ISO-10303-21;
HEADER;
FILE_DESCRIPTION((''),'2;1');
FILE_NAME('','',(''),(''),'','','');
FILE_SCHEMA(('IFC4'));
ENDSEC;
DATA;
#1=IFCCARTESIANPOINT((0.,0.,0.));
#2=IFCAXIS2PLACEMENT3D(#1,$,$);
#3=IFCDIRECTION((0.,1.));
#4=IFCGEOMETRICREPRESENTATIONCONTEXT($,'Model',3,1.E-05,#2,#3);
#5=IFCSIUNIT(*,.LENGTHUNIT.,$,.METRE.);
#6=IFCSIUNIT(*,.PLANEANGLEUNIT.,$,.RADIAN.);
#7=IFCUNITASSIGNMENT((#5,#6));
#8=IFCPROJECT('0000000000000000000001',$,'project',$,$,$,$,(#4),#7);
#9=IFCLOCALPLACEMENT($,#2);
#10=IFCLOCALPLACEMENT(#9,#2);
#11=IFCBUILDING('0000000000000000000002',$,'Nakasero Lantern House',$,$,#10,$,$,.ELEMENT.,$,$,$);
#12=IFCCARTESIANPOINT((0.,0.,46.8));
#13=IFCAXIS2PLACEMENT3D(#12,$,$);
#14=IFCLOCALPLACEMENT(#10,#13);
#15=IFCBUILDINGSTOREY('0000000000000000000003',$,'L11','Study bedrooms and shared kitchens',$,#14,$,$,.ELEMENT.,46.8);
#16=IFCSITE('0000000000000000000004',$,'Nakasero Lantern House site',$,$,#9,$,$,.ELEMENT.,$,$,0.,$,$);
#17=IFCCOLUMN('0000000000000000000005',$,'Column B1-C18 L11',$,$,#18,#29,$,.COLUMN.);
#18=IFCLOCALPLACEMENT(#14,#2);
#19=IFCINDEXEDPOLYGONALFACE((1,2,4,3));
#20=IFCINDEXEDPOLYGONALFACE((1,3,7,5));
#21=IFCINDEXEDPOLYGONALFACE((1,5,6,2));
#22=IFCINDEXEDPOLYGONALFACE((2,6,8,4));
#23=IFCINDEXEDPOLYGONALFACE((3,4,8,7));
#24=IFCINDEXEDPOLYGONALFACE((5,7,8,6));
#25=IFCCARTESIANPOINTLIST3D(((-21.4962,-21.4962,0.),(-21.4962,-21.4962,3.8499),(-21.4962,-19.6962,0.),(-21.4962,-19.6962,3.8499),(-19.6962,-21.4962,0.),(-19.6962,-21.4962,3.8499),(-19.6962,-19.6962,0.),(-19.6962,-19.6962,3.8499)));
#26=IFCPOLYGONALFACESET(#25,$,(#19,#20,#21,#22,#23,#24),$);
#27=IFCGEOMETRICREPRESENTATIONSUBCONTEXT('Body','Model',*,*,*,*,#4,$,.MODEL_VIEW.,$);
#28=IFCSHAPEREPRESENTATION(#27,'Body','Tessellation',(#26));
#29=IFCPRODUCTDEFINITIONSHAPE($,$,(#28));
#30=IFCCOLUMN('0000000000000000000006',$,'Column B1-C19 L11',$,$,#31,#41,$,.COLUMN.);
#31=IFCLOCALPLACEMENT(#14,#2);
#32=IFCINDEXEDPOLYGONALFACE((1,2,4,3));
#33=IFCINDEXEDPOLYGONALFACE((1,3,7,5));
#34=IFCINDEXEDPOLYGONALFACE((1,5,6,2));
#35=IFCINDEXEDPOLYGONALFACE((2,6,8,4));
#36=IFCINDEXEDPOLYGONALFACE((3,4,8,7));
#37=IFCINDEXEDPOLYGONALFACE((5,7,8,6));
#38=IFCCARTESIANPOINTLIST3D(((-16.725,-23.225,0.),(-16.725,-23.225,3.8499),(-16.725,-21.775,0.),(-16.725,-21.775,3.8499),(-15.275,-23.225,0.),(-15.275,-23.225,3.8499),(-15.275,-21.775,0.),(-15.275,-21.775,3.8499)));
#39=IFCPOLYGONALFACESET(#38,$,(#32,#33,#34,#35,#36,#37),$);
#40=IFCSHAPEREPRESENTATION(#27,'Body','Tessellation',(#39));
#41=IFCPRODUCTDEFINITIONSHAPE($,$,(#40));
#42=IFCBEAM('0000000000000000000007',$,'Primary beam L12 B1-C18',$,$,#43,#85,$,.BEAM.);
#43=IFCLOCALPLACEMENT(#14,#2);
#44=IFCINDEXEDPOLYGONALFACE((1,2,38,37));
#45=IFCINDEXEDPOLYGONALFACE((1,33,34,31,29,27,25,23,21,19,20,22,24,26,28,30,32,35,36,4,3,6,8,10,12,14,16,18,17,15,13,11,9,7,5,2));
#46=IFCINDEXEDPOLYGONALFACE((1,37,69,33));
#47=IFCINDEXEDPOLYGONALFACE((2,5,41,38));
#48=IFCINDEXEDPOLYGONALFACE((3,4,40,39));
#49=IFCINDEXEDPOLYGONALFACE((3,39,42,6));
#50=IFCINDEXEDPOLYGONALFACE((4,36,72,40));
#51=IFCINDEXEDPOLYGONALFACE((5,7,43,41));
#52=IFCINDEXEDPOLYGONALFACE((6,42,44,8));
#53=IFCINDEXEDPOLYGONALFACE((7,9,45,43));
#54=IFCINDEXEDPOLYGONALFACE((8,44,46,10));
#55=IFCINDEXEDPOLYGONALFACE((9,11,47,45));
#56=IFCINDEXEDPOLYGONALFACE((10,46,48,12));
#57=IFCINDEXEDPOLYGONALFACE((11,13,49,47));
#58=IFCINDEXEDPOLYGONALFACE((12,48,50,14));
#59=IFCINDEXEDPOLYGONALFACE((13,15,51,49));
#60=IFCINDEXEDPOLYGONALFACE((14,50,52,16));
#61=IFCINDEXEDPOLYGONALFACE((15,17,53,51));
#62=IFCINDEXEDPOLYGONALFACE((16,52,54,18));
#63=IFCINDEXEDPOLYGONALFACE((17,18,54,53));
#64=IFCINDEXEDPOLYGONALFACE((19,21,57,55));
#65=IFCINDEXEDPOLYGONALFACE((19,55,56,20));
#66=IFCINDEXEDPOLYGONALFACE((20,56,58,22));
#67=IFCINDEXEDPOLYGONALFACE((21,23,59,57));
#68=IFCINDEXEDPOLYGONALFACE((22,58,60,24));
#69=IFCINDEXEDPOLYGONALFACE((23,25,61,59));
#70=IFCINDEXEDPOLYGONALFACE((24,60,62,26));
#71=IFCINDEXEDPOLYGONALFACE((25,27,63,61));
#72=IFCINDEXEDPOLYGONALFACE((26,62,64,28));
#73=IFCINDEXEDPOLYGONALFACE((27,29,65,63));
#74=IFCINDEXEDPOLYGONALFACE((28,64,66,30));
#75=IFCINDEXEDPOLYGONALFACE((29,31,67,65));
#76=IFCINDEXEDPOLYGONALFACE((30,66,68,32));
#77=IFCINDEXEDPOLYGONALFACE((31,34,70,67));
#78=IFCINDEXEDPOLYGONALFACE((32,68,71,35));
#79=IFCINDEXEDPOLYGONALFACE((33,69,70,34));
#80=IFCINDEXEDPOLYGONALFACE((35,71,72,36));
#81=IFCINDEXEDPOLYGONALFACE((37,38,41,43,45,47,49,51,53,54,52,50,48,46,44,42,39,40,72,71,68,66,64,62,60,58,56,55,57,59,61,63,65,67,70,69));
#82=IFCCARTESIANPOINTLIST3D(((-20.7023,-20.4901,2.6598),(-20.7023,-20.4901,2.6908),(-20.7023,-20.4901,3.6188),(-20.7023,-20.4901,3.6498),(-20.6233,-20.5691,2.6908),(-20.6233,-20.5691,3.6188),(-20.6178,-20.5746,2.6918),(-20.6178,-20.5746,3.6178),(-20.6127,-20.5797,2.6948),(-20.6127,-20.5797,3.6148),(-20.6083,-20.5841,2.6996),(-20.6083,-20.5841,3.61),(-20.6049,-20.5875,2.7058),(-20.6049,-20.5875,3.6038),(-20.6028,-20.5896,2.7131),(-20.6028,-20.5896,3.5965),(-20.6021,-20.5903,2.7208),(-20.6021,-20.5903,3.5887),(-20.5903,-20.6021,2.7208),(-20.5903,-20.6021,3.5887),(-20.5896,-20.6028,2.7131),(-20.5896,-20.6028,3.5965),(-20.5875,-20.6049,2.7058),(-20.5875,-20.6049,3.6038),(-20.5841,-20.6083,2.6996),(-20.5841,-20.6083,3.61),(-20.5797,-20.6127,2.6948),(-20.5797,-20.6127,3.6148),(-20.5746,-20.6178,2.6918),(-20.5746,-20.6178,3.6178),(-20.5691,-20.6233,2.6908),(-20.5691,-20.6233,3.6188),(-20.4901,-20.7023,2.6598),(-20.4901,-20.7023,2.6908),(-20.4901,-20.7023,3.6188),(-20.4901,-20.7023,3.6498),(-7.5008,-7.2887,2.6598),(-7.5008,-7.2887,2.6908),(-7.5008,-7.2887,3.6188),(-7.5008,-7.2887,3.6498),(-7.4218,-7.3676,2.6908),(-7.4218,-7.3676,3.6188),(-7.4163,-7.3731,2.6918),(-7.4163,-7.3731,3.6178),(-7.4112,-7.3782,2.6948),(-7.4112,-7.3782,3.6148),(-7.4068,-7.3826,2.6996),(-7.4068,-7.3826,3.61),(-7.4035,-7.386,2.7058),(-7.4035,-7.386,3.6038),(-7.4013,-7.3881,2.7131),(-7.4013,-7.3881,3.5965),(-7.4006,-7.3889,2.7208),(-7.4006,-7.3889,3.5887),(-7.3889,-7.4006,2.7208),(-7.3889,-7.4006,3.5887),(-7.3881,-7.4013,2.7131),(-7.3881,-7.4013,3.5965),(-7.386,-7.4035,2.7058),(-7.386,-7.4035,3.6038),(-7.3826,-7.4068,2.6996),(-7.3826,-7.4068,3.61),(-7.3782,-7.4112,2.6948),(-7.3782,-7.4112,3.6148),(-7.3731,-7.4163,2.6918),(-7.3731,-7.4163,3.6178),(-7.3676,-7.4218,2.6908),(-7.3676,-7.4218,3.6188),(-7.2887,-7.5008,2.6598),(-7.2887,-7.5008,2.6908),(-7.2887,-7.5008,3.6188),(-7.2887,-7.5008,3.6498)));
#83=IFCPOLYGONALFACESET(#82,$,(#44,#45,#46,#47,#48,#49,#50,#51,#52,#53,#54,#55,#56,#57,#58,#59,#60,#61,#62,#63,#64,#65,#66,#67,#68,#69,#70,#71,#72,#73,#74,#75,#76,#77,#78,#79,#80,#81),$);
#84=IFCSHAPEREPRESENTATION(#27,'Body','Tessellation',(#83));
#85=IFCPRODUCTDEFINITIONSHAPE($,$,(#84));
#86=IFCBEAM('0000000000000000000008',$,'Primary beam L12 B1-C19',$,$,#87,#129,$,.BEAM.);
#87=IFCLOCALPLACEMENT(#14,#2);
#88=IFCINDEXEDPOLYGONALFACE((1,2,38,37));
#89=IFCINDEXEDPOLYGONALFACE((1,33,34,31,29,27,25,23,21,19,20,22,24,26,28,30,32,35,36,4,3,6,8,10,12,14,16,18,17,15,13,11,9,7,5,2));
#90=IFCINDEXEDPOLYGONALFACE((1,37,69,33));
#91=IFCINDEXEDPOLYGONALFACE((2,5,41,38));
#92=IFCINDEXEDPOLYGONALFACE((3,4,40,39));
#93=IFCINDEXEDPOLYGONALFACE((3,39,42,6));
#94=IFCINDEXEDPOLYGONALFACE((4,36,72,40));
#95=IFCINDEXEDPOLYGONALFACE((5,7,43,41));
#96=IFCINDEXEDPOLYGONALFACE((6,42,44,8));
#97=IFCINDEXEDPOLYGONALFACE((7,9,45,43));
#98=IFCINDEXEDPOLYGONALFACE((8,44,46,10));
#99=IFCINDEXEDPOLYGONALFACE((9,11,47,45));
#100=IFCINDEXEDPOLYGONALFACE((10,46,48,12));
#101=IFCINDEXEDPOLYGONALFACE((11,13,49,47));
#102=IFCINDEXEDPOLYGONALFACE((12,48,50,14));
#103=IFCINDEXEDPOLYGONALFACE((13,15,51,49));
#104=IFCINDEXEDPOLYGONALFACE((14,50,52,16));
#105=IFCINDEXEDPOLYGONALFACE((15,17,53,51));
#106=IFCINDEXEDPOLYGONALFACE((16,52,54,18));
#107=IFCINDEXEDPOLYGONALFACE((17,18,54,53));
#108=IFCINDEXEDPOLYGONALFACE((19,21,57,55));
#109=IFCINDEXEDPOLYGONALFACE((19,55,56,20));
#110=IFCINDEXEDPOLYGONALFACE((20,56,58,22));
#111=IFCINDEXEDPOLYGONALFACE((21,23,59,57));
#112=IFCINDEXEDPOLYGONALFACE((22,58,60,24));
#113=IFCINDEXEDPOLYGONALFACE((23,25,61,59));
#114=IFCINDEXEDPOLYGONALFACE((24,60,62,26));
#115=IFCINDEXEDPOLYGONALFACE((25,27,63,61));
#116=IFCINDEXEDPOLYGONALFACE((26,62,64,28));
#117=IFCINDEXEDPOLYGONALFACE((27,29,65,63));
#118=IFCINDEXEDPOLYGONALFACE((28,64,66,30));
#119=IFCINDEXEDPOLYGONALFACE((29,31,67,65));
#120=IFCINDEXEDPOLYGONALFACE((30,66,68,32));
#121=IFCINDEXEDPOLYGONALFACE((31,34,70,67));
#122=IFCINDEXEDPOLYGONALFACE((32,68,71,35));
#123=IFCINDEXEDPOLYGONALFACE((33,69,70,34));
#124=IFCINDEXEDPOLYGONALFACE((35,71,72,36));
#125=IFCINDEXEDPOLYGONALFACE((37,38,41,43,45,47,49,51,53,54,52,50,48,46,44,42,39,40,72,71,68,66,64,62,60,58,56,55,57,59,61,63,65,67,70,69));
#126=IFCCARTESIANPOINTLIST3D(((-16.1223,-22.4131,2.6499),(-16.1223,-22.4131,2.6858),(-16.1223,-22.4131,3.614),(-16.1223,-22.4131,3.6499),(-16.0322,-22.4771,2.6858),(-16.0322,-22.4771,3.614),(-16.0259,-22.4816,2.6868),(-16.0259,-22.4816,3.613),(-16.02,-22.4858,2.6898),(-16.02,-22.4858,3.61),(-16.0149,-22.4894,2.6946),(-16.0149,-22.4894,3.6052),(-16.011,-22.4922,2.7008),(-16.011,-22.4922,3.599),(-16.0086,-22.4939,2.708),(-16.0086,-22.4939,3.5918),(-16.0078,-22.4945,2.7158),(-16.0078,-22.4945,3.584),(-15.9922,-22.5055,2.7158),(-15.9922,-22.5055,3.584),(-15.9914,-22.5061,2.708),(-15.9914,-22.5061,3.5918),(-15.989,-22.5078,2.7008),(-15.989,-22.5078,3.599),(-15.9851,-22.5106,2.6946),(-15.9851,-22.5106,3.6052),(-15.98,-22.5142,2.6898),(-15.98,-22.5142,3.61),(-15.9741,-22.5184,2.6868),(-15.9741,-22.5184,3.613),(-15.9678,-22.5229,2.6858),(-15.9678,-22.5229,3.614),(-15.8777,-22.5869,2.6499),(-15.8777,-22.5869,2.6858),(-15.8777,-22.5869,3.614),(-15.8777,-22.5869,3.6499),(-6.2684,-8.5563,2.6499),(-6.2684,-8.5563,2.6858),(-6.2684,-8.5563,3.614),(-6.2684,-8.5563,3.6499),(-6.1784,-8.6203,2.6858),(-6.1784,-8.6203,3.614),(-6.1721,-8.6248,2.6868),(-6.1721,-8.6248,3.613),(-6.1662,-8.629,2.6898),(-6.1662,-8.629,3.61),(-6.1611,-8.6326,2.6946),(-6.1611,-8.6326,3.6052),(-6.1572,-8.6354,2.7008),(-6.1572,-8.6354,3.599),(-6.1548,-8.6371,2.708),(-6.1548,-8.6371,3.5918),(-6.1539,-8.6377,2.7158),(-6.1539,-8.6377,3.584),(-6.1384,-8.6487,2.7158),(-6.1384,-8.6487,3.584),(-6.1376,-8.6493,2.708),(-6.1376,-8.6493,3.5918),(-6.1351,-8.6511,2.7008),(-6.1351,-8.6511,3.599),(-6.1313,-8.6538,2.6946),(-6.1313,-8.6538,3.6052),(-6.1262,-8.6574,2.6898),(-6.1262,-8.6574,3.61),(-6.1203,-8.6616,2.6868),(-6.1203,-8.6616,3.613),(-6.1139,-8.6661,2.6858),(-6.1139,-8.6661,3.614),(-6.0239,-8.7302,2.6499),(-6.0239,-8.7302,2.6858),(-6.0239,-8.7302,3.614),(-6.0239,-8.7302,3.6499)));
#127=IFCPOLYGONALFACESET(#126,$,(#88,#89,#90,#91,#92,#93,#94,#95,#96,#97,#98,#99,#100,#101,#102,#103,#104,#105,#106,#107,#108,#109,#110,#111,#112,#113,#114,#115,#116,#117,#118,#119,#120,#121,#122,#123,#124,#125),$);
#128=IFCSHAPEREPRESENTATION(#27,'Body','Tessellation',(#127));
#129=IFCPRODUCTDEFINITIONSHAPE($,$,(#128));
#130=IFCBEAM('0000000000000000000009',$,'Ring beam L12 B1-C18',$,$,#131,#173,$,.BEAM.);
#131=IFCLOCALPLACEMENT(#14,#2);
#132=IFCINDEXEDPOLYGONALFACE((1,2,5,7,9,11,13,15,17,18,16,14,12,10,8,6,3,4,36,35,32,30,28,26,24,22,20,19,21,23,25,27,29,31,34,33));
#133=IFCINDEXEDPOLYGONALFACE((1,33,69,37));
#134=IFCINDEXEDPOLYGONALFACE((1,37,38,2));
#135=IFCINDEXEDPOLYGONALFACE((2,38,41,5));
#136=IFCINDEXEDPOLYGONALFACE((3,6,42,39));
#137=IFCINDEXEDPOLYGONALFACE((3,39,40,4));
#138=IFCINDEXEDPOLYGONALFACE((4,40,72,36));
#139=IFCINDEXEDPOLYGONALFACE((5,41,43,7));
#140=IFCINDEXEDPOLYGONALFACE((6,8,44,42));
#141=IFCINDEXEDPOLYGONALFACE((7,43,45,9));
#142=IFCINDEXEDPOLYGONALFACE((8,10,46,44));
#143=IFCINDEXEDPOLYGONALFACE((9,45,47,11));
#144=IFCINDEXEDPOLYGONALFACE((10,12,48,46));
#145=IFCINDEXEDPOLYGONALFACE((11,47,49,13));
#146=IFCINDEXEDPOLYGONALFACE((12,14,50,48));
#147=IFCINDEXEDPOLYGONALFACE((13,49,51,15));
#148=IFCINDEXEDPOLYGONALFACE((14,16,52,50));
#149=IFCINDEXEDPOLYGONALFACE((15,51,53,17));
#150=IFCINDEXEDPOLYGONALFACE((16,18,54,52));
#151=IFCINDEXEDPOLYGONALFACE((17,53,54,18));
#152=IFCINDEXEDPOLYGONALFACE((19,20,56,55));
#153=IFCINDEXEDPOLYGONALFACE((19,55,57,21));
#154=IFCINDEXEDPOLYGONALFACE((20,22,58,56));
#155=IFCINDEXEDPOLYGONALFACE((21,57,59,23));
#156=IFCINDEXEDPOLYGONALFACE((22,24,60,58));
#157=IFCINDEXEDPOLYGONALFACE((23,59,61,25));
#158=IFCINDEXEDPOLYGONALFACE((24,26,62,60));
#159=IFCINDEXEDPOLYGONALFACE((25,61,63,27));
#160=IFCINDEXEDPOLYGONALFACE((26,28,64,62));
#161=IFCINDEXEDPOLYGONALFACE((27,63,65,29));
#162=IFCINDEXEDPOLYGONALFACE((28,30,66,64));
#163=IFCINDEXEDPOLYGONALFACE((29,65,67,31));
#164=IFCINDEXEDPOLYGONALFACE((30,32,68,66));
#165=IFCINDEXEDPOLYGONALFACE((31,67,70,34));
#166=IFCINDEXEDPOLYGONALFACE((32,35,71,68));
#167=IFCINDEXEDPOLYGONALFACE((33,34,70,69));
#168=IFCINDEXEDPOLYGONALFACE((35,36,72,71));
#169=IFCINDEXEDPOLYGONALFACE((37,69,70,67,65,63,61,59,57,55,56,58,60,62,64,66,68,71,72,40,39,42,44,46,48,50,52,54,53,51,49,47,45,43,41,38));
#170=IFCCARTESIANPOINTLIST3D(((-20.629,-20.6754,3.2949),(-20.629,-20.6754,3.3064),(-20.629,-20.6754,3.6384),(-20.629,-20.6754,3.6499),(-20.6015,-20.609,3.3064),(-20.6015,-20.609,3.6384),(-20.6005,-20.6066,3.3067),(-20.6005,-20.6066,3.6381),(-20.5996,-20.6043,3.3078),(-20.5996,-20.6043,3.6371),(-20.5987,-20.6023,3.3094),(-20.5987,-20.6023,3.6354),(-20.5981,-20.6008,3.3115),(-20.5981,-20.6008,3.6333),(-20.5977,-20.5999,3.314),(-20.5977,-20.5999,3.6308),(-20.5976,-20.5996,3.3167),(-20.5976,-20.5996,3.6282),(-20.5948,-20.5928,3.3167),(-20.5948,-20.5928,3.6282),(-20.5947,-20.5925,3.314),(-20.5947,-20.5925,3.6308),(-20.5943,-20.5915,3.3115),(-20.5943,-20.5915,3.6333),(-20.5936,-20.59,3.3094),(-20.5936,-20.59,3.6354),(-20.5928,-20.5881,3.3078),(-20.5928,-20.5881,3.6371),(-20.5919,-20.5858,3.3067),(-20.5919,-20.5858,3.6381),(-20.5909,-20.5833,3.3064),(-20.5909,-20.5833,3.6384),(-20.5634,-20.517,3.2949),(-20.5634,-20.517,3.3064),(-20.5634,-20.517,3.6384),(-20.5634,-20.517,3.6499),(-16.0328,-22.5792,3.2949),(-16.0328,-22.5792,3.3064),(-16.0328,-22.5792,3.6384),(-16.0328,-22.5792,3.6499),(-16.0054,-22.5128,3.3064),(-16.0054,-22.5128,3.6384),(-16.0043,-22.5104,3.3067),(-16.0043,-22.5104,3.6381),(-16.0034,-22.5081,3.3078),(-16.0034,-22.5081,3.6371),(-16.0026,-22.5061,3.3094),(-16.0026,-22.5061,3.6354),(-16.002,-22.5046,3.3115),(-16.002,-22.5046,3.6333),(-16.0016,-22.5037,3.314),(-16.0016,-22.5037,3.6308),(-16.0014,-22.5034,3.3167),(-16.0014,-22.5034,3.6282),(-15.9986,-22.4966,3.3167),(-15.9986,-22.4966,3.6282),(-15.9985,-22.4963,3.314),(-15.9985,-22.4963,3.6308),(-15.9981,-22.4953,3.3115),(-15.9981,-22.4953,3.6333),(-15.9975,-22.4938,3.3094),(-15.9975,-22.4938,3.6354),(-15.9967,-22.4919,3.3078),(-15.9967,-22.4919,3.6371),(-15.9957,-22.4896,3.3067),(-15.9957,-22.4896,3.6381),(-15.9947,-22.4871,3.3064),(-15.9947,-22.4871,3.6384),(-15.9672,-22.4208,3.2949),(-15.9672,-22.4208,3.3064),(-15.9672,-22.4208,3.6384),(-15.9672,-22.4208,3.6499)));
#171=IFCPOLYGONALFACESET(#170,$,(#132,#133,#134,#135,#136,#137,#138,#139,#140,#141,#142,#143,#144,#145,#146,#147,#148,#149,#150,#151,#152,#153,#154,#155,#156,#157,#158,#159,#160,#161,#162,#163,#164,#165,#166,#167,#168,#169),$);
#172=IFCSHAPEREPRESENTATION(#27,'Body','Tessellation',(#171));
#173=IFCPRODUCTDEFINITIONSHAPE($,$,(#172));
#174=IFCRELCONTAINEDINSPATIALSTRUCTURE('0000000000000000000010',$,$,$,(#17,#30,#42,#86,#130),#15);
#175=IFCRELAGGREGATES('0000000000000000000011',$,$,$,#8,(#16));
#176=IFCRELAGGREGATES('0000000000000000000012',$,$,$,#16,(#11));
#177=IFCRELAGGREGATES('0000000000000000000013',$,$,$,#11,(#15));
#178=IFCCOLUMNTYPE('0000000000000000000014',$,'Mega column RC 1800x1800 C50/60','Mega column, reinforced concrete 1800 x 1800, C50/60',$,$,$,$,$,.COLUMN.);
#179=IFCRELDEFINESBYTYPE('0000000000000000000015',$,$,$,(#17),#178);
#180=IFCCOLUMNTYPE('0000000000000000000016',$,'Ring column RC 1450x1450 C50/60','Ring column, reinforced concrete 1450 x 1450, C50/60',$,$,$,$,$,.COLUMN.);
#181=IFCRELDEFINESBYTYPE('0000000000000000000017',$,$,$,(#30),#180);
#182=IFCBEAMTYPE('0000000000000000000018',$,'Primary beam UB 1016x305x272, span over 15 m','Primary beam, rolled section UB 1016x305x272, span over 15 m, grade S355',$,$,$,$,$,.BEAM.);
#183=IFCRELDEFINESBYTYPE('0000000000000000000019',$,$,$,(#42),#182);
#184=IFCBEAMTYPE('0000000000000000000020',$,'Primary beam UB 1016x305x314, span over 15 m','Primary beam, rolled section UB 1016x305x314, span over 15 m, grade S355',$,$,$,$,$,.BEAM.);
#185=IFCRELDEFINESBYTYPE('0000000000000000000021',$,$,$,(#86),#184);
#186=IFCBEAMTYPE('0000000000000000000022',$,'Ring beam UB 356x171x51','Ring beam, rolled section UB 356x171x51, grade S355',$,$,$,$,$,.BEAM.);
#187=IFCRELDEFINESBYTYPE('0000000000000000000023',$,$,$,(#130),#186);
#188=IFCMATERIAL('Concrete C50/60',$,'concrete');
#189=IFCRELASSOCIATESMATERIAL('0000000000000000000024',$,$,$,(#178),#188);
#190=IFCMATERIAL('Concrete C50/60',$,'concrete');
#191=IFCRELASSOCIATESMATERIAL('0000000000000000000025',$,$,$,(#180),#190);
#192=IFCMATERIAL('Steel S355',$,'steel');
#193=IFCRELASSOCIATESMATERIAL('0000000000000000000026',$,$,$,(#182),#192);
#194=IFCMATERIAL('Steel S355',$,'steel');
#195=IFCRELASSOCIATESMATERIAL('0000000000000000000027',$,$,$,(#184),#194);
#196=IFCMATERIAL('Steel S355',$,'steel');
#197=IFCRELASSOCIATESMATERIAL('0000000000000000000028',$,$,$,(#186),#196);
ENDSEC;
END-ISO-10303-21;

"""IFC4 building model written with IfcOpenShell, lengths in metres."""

from ifc_helpers import new_model, si_unit, direction, frame, origin, origin_2d, place, context, subcontext, project, spatial, rectangle, i_section, extrude, material, material_profile, profile_set, type_object, element, save


model = new_model("IFC4")

# Units and contexts
model_context = context("Model", 3, precision=1e-05, world=origin(), true_north=direction((0.0, 1.0)))
body_context = subcontext(model_context, "Body", "Model", "MODEL_VIEW")
ifc_project = project(units=[si_unit("LENGTHUNIT", "METRE"), si_unit("PLANEANGLEUNIT", "RADIAN")], contexts=[model_context])

# Site, building, storey
site_placement = place(None, origin())
site = spatial("IfcSite", under=ifc_project, at=site_placement, Name="Nakasero Lantern House site", CompositionType="ELEMENT", RefElevation=0.0)
building_placement = place(site_placement, origin())
building = spatial("IfcBuilding", under=site, at=building_placement, Name="Nakasero Lantern House", CompositionType="ELEMENT")
storey_placement = place(building_placement, frame((0.0, 0.0, 46.8)))
storey = spatial("IfcBuildingStorey", under=building, at=storey_placement, Name="L11", Description="Study bedrooms and shared kitchens", CompositionType="ELEMENT", Elevation=46.8)

# Columns
ifc_material_1 = material(Name="Concrete C50/60", Category="concrete")
ifc_material_profile_1 = material_profile(ifc_material_1, rectangle(XDim=1.8, YDim=1.8, at=origin_2d()), Name="RC 1800x1800")
ifc_profile_set_1 = profile_set([ifc_material_profile_1], Name="Concrete C50/60")
column_type_1 = type_object("IfcColumnType", Name="Mega column RC 1800x1800 C50/60", Description="Mega column, reinforced concrete 1800 x 1800, C50/60", PredefinedType="COLUMN", material=ifc_profile_set_1)
column_1_placement = place(storey_placement, frame((-20.5962, -20.5962, 0.0), z_axis=(0.0, 0.0, 1.0), x_axis=(1.0, 0.0, 0.0)))
element("IfcColumn", 1, at=column_1_placement, inside=storey, type_object=column_type_1, Name="Column B1-C18 L11", PredefinedType="COLUMN", context=body_context, shape_type="SweptSolid", body=[
    extrude(rectangle(XDim=1.8, YDim=1.8, at=origin_2d()), origin(), (0.0, 0.0, 1.0), 3.8499),
])
ifc_material_2 = material(Name="Concrete C50/60", Category="concrete")
ifc_material_profile_2 = material_profile(ifc_material_2, rectangle(XDim=1.45, YDim=1.45, at=origin_2d()), Name="RC 1450x1450")
ifc_profile_set_2 = profile_set([ifc_material_profile_2], Name="Concrete C50/60")
column_type_2 = type_object("IfcColumnType", Name="Ring column RC 1450x1450 C50/60", Description="Ring column, reinforced concrete 1450 x 1450, C50/60", PredefinedType="COLUMN", material=ifc_profile_set_2)
column_2_placement = place(storey_placement, frame((-16.0, -22.5, 0.0), z_axis=(0.0, 0.0, 1.0), x_axis=(1.0, 0.0, 0.0)))
element("IfcColumn", 2, at=column_2_placement, inside=storey, type_object=column_type_2, Name="Column B1-C19 L11", PredefinedType="COLUMN", context=body_context, shape_type="SweptSolid", body=[
    extrude(rectangle(XDim=1.45, YDim=1.45, at=origin_2d()), origin(), (0.0, 0.0, 1.0), 3.8499),
])

# Beams
ifc_material_3 = material(Name="Steel S355", Category="steel")
ifc_material_profile_3 = material_profile(ifc_material_3, i_section(OverallWidth=0.3, OverallDepth=0.99, WebThickness=0.0166, FlangeThickness=0.031, FilletRadius=0.03, at=origin_2d()), Name="UB 1016x305x272")
ifc_profile_set_3 = profile_set([ifc_material_profile_3], Name="Steel S355")
beam_type_1 = type_object("IfcBeamType", Name="Primary beam UB 1016x305x272, span over 15 m", Description="Primary beam, rolled section UB 1016x305x272, span over 15 m, grade S355", PredefinedType="BEAM", material=ifc_profile_set_3)
beam_1_placement = place(storey_placement, frame((-20.5962, -20.5962, 3.1548), z_axis=(0.707107, 0.707107, 0.0), x_axis=(-0.707107, 0.707107, 0.0)))
element("IfcBeam", 3, at=beam_1_placement, inside=storey, type_object=beam_type_1, Name="Primary beam L12 B1-C18", PredefinedType="BEAM", context=body_context, shape_type="SweptSolid", body=[
    extrude(i_section(OverallWidth=0.3, OverallDepth=0.99, WebThickness=0.0166, FlangeThickness=0.031, FilletRadius=0.03, at=origin_2d()), origin(), (0.0, 0.0, 1.0), 18.6697),
])
ifc_material_4 = material(Name="Steel S355", Category="steel")
ifc_material_profile_4 = material_profile(ifc_material_4, i_section(OverallWidth=0.3, OverallDepth=1.0, WebThickness=0.019, FlangeThickness=0.0359, FilletRadius=0.03, at=origin_2d()), Name="UB 1016x305x314")
ifc_profile_set_4 = profile_set([ifc_material_profile_4], Name="Steel S355")
beam_type_2 = type_object("IfcBeamType", Name="Primary beam UB 1016x305x314, span over 15 m", Description="Primary beam, rolled section UB 1016x305x314, span over 15 m, grade S355", PredefinedType="BEAM", material=ifc_profile_set_4)
beam_2_placement = place(storey_placement, frame((-16.0, -22.5, 3.1499), z_axis=(0.579528, 0.814952, 0.0), x_axis=(-0.814952, 0.579528, 0.0)))
element("IfcBeam", 4, at=beam_2_placement, inside=storey, type_object=beam_type_2, Name="Primary beam L12 B1-C19", PredefinedType="BEAM", context=body_context, shape_type="SweptSolid", body=[
    extrude(i_section(OverallWidth=0.3, OverallDepth=1.0, WebThickness=0.019, FlangeThickness=0.0359, FilletRadius=0.03, at=origin_2d()), origin(), (0.0, 0.0, 1.0), 17.0032),
])
ifc_material_5 = material(Name="Steel S355", Category="steel")
ifc_material_profile_5 = material_profile(ifc_material_5, i_section(OverallWidth=0.1714, OverallDepth=0.355, WebThickness=0.0073, FlangeThickness=0.0115, FilletRadius=0.0103, at=origin_2d()), Name="UB 356x171x51")
ifc_profile_set_5 = profile_set([ifc_material_profile_5], Name="Steel S355")
beam_type_3 = type_object("IfcBeamType", Name="Ring beam UB 356x171x51", Description="Ring beam, rolled section UB 356x171x51, grade S355", PredefinedType="BEAM", material=ifc_profile_set_5)
beam_3_placement = place(storey_placement, frame((-20.5962, -20.5962, 3.4724), z_axis=(0.923879, -0.382684, 0.0), x_axis=(0.382684, 0.923879, 0.0)))
element("IfcBeam", 5, at=beam_3_placement, inside=storey, type_object=beam_type_3, Name="Ring beam L12 B1-C18", PredefinedType="BEAM", context=body_context, shape_type="SweptSolid", body=[
    extrude(i_section(OverallWidth=0.1714, OverallDepth=0.355, WebThickness=0.0073, FlangeThickness=0.0115, FilletRadius=0.0103, at=origin_2d()), origin(), (0.0, 0.0, 1.0), 4.9749),
])

save(model, "model.ifc")
